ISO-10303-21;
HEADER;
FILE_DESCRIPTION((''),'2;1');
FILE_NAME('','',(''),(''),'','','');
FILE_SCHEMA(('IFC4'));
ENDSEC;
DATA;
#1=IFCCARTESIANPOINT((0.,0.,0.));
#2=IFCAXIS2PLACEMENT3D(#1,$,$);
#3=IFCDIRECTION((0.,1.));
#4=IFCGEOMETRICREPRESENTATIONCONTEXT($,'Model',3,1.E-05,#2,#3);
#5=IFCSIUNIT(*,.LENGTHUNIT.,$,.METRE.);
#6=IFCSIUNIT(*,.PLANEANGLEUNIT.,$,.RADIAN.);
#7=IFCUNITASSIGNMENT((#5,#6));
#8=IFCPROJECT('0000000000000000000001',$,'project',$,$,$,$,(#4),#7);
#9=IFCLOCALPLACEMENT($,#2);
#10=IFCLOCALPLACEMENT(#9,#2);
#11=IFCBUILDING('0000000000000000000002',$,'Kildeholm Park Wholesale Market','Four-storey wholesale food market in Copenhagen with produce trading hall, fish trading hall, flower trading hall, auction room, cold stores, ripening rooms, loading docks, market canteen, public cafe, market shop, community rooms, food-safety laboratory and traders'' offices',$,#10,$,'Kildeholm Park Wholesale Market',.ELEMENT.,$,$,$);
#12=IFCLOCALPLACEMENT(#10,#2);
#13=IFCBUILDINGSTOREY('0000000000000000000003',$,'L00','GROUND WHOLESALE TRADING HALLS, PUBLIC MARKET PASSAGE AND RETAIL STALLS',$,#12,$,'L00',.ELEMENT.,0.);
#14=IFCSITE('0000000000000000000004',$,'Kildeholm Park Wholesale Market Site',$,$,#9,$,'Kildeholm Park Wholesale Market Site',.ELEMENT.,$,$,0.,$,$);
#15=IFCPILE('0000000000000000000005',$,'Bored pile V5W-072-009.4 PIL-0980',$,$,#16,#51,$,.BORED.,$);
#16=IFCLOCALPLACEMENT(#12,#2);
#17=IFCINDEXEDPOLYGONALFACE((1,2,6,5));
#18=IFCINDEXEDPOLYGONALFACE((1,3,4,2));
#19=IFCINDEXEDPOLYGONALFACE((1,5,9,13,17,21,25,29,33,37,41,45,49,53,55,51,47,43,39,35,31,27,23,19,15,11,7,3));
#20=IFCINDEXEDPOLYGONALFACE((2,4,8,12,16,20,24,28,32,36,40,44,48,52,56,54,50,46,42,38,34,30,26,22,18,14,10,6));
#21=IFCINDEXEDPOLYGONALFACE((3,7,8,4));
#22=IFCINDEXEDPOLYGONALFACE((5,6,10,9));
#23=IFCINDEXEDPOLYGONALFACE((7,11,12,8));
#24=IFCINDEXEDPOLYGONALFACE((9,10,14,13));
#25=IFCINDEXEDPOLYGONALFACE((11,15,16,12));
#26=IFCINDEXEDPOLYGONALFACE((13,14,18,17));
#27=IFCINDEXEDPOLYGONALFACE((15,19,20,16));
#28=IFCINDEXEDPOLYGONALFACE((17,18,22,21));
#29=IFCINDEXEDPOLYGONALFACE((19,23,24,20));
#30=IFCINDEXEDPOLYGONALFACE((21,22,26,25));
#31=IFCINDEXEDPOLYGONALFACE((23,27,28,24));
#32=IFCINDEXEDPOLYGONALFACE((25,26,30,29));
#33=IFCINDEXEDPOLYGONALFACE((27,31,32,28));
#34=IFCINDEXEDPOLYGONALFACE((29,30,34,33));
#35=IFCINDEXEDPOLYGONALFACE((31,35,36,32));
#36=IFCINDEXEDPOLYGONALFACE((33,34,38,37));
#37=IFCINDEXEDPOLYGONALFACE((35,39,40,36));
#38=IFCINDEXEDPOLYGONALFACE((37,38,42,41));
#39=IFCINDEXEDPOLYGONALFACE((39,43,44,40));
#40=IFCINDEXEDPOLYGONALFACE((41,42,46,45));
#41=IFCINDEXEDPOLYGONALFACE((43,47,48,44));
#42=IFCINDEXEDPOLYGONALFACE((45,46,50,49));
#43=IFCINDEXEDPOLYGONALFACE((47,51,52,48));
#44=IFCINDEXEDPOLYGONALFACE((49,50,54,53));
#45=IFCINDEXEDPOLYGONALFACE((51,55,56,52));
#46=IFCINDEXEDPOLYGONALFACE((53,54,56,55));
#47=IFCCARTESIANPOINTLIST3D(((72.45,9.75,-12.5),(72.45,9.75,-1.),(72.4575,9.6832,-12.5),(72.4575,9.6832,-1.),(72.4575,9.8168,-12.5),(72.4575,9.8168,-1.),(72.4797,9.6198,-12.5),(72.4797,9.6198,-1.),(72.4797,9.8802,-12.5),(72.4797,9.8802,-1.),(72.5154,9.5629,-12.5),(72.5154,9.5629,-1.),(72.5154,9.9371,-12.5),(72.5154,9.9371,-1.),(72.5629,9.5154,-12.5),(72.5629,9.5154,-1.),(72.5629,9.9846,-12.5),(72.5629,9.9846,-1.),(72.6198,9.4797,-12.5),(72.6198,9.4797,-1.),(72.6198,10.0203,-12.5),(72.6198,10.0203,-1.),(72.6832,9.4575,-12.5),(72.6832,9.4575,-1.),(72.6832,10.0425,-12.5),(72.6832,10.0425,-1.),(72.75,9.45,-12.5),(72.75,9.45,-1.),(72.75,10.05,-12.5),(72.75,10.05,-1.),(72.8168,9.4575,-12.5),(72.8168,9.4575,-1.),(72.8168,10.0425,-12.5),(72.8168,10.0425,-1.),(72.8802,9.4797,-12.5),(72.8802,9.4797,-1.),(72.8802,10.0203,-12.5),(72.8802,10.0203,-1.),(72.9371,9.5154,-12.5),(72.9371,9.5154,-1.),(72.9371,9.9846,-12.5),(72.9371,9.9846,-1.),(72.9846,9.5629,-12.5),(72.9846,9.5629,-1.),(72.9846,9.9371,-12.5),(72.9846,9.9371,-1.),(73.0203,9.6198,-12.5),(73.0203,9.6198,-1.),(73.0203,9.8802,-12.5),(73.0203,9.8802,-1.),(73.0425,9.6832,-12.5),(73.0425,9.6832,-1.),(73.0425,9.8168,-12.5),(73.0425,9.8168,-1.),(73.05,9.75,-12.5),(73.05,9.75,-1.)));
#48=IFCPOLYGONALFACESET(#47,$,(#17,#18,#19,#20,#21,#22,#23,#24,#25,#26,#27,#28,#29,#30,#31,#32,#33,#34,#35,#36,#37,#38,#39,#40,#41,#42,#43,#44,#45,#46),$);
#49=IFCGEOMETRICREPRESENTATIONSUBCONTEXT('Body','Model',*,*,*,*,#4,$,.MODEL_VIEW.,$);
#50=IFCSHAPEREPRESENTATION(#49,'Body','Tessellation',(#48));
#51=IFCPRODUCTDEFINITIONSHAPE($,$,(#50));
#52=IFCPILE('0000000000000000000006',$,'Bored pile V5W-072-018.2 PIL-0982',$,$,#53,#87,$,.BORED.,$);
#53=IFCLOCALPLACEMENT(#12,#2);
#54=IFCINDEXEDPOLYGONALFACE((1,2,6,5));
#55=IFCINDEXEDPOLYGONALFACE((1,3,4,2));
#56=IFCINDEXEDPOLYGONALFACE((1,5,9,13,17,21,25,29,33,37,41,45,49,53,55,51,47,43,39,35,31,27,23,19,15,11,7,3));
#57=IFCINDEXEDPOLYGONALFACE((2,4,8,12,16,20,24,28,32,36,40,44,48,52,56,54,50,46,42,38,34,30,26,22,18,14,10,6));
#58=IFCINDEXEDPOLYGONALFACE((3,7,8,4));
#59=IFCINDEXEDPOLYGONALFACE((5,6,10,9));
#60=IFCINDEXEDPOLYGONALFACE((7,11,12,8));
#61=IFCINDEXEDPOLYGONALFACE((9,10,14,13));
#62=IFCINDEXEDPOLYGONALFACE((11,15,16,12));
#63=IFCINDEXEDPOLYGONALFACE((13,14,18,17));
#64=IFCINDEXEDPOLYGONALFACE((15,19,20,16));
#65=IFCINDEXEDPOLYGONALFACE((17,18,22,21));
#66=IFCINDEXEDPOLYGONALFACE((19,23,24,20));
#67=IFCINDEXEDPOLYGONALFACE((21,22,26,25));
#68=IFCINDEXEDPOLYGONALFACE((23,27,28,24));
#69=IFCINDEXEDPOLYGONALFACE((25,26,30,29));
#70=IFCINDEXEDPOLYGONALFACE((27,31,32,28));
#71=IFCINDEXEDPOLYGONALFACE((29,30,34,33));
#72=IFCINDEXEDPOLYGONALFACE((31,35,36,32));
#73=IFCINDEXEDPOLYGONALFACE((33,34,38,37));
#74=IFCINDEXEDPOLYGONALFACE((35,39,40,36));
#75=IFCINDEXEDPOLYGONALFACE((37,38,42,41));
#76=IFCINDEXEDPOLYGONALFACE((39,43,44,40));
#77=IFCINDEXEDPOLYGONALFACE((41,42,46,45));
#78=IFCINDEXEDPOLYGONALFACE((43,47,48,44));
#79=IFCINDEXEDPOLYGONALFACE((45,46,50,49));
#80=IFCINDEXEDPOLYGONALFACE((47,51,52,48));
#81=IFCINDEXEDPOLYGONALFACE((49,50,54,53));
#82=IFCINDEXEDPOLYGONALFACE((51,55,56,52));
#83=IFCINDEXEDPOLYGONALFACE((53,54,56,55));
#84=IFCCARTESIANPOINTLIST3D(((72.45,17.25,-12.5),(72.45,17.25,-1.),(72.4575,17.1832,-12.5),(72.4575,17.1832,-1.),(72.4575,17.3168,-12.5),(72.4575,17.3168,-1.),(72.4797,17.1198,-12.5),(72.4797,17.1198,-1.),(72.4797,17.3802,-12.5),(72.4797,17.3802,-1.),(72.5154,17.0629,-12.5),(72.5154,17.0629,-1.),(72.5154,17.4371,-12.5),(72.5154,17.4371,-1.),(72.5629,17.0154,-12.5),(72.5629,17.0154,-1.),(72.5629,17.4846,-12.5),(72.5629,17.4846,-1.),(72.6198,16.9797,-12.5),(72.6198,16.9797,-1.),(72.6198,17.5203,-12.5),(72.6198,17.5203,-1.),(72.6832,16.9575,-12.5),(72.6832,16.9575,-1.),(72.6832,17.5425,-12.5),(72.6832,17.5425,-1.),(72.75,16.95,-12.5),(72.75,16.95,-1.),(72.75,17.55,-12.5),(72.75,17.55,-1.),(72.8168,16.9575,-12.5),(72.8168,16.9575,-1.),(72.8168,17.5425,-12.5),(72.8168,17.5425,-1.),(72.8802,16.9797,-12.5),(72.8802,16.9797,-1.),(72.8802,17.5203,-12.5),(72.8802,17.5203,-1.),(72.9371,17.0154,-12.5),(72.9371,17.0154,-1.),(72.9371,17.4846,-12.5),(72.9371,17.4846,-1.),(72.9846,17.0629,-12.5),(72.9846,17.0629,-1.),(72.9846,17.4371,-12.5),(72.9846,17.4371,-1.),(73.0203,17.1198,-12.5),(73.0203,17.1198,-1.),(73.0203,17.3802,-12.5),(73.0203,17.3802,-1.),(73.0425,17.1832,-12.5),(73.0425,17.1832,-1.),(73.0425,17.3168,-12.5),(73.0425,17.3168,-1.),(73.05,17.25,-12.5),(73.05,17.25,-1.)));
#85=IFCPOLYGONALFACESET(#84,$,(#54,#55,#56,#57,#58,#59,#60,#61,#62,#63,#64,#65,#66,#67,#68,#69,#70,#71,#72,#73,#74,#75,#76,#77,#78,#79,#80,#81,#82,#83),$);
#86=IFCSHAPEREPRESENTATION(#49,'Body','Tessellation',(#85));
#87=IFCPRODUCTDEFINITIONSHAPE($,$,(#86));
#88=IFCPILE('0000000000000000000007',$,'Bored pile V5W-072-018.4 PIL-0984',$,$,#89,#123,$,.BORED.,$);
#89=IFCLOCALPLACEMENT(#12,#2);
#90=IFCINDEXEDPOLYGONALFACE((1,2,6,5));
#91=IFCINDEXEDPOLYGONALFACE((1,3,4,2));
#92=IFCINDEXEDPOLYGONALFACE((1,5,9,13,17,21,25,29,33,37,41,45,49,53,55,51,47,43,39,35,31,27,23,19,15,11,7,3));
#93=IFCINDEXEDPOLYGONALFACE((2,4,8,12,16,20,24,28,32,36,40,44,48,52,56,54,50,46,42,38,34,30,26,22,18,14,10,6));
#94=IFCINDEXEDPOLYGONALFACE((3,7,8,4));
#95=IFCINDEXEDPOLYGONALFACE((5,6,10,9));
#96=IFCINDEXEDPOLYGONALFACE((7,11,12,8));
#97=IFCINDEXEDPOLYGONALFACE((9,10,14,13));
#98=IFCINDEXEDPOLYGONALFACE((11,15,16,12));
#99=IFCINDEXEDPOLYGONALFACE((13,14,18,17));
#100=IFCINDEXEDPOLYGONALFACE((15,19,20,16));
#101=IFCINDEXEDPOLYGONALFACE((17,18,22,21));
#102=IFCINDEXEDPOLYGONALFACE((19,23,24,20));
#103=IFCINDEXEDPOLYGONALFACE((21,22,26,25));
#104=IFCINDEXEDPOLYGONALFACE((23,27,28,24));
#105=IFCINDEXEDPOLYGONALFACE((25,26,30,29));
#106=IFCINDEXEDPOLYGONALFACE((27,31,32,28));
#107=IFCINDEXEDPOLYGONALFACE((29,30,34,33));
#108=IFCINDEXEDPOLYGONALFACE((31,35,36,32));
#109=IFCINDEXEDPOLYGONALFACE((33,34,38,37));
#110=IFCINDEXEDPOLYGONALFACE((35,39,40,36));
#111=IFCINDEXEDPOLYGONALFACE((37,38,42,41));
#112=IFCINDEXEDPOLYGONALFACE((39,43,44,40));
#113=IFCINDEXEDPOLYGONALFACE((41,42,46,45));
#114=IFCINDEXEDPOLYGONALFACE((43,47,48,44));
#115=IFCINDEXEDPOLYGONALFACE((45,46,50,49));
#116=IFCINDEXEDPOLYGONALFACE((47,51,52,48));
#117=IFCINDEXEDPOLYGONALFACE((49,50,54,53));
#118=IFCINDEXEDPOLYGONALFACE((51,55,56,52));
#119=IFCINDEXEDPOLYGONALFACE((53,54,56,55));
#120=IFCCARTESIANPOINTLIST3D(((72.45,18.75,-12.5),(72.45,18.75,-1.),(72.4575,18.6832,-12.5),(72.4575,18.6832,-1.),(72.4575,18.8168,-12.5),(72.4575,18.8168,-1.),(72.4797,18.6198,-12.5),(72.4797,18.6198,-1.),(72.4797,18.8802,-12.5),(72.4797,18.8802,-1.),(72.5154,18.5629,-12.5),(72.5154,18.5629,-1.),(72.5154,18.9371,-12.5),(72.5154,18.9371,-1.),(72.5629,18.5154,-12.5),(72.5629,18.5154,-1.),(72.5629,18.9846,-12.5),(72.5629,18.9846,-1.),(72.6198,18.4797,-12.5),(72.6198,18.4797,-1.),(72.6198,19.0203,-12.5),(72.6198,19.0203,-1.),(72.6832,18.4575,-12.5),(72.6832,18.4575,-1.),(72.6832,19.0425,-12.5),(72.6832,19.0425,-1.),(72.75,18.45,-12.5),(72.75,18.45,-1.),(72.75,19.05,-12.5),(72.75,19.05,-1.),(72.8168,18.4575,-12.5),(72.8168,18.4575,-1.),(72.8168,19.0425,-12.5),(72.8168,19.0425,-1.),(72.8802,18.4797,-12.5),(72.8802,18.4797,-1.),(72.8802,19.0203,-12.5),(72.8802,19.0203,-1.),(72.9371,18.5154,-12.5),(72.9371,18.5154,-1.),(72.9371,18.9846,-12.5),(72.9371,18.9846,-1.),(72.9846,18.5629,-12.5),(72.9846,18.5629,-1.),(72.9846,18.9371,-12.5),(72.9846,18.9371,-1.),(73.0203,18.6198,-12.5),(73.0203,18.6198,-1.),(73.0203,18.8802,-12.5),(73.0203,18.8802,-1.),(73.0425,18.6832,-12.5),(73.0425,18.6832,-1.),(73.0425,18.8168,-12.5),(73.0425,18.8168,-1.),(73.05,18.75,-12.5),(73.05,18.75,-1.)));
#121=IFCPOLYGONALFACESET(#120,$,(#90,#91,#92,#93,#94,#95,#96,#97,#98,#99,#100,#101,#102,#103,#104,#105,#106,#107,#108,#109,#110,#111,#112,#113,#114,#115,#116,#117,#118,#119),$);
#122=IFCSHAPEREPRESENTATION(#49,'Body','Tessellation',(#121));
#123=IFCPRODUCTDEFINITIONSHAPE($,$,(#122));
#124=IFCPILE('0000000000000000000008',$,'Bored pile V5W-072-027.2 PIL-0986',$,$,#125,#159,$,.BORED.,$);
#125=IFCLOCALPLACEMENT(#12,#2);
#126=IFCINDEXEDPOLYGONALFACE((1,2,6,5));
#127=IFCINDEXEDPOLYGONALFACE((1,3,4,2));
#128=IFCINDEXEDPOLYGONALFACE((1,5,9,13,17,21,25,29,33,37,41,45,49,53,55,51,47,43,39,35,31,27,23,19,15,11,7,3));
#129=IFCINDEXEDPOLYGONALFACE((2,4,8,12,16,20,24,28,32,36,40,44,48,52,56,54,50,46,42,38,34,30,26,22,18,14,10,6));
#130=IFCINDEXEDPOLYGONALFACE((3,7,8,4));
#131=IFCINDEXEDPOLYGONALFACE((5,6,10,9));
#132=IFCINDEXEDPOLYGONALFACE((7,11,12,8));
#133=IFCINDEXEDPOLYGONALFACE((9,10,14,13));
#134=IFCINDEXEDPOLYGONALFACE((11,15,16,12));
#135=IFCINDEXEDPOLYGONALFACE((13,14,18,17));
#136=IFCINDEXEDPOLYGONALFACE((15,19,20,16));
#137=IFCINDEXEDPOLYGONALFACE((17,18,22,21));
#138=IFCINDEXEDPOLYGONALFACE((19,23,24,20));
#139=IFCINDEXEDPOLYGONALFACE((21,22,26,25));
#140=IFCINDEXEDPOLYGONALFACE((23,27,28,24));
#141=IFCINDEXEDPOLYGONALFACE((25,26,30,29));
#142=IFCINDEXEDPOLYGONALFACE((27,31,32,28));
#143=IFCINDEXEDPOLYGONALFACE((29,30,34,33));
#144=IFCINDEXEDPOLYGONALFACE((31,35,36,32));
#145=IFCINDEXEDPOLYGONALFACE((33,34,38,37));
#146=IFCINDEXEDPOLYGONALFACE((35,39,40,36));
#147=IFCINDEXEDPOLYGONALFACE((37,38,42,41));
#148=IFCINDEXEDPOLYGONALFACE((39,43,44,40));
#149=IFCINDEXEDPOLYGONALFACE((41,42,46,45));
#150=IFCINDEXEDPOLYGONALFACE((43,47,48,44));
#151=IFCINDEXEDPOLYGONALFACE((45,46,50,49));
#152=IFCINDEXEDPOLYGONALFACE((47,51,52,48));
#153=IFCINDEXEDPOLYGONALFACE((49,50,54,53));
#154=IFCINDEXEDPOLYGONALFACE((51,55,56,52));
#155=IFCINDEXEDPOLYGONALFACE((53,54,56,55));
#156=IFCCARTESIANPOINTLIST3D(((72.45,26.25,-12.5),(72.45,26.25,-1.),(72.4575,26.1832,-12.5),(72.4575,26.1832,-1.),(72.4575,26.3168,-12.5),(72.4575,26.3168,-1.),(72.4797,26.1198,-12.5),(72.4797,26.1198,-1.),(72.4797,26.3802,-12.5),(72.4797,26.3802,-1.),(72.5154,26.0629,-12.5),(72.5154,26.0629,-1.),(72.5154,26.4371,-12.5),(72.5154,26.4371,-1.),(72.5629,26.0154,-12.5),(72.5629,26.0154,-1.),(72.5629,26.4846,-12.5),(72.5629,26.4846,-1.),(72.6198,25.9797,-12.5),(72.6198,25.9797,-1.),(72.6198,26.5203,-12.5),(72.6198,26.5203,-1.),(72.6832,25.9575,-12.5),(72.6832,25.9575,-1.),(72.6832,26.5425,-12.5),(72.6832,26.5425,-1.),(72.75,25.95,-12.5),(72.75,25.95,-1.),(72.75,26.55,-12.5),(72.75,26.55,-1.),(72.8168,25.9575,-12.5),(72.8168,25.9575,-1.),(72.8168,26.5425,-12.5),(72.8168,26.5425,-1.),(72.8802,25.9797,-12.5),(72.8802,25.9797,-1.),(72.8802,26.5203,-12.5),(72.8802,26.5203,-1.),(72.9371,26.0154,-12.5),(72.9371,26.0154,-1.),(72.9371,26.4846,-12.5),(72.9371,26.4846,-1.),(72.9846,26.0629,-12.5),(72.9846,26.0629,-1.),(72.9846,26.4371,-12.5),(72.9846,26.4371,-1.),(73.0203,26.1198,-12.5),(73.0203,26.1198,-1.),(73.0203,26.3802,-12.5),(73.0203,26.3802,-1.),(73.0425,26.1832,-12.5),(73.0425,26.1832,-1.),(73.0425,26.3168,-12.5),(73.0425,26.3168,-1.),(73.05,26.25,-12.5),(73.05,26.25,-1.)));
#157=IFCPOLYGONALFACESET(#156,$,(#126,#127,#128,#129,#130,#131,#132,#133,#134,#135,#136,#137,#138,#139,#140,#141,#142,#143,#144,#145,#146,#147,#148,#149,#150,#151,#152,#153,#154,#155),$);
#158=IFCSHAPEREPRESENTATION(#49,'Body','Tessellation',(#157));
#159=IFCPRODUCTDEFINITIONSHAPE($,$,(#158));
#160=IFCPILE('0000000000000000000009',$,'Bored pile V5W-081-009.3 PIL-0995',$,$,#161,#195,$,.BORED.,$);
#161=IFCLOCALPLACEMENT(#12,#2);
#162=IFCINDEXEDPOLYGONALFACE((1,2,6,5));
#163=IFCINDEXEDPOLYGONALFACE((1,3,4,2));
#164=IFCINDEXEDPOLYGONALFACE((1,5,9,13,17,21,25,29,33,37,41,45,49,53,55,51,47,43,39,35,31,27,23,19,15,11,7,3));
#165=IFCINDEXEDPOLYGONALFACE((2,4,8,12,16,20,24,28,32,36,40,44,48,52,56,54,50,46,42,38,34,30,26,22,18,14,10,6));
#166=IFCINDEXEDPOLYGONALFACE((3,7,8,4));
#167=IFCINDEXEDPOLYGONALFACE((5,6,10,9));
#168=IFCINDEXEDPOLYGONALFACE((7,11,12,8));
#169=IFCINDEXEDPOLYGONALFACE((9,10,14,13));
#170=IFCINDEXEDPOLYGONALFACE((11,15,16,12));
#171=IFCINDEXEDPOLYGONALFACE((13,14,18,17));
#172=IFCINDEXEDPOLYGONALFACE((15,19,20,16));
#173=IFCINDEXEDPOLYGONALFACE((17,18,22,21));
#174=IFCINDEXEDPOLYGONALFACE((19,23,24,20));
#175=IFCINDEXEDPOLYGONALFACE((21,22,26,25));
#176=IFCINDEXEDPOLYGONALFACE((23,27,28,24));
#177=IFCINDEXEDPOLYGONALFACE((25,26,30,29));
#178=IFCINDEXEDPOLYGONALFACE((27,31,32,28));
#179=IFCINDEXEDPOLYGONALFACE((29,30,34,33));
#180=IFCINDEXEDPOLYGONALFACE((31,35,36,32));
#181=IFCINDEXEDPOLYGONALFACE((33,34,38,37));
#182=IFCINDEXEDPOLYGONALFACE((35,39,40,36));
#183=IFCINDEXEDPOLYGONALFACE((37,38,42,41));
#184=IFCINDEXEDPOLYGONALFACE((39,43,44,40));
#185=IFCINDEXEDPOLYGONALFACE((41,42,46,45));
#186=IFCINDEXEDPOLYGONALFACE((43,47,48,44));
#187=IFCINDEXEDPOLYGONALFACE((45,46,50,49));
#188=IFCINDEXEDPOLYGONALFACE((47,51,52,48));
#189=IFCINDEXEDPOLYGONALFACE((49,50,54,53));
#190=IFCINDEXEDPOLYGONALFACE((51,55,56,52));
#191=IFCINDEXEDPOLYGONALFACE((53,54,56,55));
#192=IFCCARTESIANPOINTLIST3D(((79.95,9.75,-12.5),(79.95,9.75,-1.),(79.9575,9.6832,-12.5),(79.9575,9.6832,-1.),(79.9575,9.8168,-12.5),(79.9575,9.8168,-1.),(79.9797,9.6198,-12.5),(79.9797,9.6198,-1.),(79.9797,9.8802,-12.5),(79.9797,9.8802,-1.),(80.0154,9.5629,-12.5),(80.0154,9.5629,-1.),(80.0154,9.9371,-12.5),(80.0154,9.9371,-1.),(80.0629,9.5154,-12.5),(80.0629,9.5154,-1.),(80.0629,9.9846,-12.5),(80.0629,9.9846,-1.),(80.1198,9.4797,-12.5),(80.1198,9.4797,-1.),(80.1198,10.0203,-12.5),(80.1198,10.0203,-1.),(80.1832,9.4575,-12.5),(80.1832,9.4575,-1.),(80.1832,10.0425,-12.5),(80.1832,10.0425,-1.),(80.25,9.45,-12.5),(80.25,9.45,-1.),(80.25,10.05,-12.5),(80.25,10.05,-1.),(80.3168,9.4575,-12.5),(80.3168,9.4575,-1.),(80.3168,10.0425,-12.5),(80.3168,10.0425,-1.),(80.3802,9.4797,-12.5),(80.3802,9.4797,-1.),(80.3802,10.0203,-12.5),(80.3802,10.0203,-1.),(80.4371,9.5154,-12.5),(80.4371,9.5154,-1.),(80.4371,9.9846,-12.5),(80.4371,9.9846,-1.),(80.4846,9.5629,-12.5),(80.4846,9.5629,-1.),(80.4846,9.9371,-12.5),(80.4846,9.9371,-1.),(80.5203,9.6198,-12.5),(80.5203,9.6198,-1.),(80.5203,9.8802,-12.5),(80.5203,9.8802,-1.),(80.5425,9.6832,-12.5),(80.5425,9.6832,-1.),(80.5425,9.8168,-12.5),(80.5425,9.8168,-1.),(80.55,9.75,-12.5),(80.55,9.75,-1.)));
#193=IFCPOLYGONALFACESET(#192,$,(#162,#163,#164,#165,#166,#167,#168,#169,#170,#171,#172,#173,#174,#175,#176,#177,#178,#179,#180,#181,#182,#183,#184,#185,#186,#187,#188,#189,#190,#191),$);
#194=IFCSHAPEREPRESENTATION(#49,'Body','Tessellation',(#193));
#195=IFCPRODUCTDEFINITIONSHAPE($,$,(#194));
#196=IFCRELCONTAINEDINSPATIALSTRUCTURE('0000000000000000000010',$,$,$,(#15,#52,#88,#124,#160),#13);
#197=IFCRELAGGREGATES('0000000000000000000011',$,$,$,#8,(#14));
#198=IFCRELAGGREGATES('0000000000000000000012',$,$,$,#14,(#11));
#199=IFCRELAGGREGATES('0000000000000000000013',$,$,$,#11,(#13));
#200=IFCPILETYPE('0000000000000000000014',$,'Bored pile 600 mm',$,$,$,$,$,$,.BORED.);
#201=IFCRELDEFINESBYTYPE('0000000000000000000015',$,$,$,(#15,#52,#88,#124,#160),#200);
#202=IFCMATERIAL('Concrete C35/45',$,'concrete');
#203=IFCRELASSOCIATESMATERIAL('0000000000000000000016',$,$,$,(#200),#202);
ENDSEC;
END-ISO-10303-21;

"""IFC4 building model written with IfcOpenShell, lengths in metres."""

from ifc_helpers import new_model, si_unit, direction, frame, origin, origin_2d, place, context, subcontext, project, spatial, circle, extrude, material, material_profile, profile_set, type_object, element, save


model = new_model("IFC4")

# Units and contexts
model_context = context("Model", 3, precision=1e-05, world=origin(), true_north=direction((0.0, 1.0)))
body_context = subcontext(model_context, "Body", "Model", "MODEL_VIEW")
ifc_project = project(units=[si_unit("LENGTHUNIT", "METRE"), si_unit("PLANEANGLEUNIT", "RADIAN")], contexts=[model_context])

# Site, building, storey
site_placement = place(None, origin())
site = spatial("IfcSite", under=ifc_project, at=site_placement, Name="Kildeholm Park Wholesale Market Site", LongName="Kildeholm Park Wholesale Market Site", CompositionType="ELEMENT", RefElevation=0.0)
building_placement = place(site_placement, origin())
building = spatial("IfcBuilding", under=site, at=building_placement, Name="Kildeholm Park Wholesale Market", Description="Four-storey wholesale food market in Copenhagen with produce trading hall, fish trading hall, flower trading hall, auction room, cold stores, ripening rooms, loading docks, market canteen, public cafe, market shop, community rooms, food-safety laboratory and traders' offices", LongName="Kildeholm Park Wholesale Market", CompositionType="ELEMENT")
storey_placement = place(building_placement, origin())
storey = spatial("IfcBuildingStorey", under=building, at=storey_placement, Name="L00", Description="GROUND WHOLESALE TRADING HALLS, PUBLIC MARKET PASSAGE AND RETAIL STALLS", LongName="L00", CompositionType="ELEMENT", Elevation=0.0)

# Piles
ifc_material_1 = material(Name="Concrete C35/45", Category="concrete")
ifc_material_profile_1 = material_profile(ifc_material_1, circle(Radius=0.3, at=origin_2d()), Name="PILE D600")
ifc_profile_set_1 = profile_set([ifc_material_profile_1], Name="Concrete C35/45")
pile_type = type_object("IfcPileType", Name="Bored pile 600 mm", PredefinedType="BORED", material=ifc_profile_set_1)
for number, where, z_axis, x_axis, name in (
    (1, (72.75, 9.75, -1.0), (0.0, 0.0, -1.0), (1.0, 0.0, 0.0), "Bored pile V5W-072-009.4 PIL-0980"),
    (2, (72.75, 17.25, -1.0), (0.0, 0.0, -1.0), (1.0, 0.0, 0.0), "Bored pile V5W-072-018.2 PIL-0982"),
    (3, (72.75, 18.75, -1.0), (0.0, 0.0, -1.0), (1.0, 0.0, 0.0), "Bored pile V5W-072-018.4 PIL-0984"),
    (4, (72.75, 26.25, -1.0), (0.0, 0.0, -1.0), (1.0, 0.0, 0.0), "Bored pile V5W-072-027.2 PIL-0986"),
    (5, (80.25, 9.75, -1.0), (0.0, 0.0, -1.0), (1.0, 0.0, 0.0), "Bored pile V5W-081-009.3 PIL-0995"),
):
    element("IfcPile", number, at=place(storey_placement, frame(where, z_axis=z_axis, x_axis=x_axis)), inside=storey, type_object=pile_type, Name=name, PredefinedType="BORED", context=body_context, shape_type="SweptSolid", body=[
        extrude(circle(Radius=0.3, at=origin_2d()), origin(), (0.0, 0.0, 1.0), 11.5),
    ])

save(model, "model.ifc")
